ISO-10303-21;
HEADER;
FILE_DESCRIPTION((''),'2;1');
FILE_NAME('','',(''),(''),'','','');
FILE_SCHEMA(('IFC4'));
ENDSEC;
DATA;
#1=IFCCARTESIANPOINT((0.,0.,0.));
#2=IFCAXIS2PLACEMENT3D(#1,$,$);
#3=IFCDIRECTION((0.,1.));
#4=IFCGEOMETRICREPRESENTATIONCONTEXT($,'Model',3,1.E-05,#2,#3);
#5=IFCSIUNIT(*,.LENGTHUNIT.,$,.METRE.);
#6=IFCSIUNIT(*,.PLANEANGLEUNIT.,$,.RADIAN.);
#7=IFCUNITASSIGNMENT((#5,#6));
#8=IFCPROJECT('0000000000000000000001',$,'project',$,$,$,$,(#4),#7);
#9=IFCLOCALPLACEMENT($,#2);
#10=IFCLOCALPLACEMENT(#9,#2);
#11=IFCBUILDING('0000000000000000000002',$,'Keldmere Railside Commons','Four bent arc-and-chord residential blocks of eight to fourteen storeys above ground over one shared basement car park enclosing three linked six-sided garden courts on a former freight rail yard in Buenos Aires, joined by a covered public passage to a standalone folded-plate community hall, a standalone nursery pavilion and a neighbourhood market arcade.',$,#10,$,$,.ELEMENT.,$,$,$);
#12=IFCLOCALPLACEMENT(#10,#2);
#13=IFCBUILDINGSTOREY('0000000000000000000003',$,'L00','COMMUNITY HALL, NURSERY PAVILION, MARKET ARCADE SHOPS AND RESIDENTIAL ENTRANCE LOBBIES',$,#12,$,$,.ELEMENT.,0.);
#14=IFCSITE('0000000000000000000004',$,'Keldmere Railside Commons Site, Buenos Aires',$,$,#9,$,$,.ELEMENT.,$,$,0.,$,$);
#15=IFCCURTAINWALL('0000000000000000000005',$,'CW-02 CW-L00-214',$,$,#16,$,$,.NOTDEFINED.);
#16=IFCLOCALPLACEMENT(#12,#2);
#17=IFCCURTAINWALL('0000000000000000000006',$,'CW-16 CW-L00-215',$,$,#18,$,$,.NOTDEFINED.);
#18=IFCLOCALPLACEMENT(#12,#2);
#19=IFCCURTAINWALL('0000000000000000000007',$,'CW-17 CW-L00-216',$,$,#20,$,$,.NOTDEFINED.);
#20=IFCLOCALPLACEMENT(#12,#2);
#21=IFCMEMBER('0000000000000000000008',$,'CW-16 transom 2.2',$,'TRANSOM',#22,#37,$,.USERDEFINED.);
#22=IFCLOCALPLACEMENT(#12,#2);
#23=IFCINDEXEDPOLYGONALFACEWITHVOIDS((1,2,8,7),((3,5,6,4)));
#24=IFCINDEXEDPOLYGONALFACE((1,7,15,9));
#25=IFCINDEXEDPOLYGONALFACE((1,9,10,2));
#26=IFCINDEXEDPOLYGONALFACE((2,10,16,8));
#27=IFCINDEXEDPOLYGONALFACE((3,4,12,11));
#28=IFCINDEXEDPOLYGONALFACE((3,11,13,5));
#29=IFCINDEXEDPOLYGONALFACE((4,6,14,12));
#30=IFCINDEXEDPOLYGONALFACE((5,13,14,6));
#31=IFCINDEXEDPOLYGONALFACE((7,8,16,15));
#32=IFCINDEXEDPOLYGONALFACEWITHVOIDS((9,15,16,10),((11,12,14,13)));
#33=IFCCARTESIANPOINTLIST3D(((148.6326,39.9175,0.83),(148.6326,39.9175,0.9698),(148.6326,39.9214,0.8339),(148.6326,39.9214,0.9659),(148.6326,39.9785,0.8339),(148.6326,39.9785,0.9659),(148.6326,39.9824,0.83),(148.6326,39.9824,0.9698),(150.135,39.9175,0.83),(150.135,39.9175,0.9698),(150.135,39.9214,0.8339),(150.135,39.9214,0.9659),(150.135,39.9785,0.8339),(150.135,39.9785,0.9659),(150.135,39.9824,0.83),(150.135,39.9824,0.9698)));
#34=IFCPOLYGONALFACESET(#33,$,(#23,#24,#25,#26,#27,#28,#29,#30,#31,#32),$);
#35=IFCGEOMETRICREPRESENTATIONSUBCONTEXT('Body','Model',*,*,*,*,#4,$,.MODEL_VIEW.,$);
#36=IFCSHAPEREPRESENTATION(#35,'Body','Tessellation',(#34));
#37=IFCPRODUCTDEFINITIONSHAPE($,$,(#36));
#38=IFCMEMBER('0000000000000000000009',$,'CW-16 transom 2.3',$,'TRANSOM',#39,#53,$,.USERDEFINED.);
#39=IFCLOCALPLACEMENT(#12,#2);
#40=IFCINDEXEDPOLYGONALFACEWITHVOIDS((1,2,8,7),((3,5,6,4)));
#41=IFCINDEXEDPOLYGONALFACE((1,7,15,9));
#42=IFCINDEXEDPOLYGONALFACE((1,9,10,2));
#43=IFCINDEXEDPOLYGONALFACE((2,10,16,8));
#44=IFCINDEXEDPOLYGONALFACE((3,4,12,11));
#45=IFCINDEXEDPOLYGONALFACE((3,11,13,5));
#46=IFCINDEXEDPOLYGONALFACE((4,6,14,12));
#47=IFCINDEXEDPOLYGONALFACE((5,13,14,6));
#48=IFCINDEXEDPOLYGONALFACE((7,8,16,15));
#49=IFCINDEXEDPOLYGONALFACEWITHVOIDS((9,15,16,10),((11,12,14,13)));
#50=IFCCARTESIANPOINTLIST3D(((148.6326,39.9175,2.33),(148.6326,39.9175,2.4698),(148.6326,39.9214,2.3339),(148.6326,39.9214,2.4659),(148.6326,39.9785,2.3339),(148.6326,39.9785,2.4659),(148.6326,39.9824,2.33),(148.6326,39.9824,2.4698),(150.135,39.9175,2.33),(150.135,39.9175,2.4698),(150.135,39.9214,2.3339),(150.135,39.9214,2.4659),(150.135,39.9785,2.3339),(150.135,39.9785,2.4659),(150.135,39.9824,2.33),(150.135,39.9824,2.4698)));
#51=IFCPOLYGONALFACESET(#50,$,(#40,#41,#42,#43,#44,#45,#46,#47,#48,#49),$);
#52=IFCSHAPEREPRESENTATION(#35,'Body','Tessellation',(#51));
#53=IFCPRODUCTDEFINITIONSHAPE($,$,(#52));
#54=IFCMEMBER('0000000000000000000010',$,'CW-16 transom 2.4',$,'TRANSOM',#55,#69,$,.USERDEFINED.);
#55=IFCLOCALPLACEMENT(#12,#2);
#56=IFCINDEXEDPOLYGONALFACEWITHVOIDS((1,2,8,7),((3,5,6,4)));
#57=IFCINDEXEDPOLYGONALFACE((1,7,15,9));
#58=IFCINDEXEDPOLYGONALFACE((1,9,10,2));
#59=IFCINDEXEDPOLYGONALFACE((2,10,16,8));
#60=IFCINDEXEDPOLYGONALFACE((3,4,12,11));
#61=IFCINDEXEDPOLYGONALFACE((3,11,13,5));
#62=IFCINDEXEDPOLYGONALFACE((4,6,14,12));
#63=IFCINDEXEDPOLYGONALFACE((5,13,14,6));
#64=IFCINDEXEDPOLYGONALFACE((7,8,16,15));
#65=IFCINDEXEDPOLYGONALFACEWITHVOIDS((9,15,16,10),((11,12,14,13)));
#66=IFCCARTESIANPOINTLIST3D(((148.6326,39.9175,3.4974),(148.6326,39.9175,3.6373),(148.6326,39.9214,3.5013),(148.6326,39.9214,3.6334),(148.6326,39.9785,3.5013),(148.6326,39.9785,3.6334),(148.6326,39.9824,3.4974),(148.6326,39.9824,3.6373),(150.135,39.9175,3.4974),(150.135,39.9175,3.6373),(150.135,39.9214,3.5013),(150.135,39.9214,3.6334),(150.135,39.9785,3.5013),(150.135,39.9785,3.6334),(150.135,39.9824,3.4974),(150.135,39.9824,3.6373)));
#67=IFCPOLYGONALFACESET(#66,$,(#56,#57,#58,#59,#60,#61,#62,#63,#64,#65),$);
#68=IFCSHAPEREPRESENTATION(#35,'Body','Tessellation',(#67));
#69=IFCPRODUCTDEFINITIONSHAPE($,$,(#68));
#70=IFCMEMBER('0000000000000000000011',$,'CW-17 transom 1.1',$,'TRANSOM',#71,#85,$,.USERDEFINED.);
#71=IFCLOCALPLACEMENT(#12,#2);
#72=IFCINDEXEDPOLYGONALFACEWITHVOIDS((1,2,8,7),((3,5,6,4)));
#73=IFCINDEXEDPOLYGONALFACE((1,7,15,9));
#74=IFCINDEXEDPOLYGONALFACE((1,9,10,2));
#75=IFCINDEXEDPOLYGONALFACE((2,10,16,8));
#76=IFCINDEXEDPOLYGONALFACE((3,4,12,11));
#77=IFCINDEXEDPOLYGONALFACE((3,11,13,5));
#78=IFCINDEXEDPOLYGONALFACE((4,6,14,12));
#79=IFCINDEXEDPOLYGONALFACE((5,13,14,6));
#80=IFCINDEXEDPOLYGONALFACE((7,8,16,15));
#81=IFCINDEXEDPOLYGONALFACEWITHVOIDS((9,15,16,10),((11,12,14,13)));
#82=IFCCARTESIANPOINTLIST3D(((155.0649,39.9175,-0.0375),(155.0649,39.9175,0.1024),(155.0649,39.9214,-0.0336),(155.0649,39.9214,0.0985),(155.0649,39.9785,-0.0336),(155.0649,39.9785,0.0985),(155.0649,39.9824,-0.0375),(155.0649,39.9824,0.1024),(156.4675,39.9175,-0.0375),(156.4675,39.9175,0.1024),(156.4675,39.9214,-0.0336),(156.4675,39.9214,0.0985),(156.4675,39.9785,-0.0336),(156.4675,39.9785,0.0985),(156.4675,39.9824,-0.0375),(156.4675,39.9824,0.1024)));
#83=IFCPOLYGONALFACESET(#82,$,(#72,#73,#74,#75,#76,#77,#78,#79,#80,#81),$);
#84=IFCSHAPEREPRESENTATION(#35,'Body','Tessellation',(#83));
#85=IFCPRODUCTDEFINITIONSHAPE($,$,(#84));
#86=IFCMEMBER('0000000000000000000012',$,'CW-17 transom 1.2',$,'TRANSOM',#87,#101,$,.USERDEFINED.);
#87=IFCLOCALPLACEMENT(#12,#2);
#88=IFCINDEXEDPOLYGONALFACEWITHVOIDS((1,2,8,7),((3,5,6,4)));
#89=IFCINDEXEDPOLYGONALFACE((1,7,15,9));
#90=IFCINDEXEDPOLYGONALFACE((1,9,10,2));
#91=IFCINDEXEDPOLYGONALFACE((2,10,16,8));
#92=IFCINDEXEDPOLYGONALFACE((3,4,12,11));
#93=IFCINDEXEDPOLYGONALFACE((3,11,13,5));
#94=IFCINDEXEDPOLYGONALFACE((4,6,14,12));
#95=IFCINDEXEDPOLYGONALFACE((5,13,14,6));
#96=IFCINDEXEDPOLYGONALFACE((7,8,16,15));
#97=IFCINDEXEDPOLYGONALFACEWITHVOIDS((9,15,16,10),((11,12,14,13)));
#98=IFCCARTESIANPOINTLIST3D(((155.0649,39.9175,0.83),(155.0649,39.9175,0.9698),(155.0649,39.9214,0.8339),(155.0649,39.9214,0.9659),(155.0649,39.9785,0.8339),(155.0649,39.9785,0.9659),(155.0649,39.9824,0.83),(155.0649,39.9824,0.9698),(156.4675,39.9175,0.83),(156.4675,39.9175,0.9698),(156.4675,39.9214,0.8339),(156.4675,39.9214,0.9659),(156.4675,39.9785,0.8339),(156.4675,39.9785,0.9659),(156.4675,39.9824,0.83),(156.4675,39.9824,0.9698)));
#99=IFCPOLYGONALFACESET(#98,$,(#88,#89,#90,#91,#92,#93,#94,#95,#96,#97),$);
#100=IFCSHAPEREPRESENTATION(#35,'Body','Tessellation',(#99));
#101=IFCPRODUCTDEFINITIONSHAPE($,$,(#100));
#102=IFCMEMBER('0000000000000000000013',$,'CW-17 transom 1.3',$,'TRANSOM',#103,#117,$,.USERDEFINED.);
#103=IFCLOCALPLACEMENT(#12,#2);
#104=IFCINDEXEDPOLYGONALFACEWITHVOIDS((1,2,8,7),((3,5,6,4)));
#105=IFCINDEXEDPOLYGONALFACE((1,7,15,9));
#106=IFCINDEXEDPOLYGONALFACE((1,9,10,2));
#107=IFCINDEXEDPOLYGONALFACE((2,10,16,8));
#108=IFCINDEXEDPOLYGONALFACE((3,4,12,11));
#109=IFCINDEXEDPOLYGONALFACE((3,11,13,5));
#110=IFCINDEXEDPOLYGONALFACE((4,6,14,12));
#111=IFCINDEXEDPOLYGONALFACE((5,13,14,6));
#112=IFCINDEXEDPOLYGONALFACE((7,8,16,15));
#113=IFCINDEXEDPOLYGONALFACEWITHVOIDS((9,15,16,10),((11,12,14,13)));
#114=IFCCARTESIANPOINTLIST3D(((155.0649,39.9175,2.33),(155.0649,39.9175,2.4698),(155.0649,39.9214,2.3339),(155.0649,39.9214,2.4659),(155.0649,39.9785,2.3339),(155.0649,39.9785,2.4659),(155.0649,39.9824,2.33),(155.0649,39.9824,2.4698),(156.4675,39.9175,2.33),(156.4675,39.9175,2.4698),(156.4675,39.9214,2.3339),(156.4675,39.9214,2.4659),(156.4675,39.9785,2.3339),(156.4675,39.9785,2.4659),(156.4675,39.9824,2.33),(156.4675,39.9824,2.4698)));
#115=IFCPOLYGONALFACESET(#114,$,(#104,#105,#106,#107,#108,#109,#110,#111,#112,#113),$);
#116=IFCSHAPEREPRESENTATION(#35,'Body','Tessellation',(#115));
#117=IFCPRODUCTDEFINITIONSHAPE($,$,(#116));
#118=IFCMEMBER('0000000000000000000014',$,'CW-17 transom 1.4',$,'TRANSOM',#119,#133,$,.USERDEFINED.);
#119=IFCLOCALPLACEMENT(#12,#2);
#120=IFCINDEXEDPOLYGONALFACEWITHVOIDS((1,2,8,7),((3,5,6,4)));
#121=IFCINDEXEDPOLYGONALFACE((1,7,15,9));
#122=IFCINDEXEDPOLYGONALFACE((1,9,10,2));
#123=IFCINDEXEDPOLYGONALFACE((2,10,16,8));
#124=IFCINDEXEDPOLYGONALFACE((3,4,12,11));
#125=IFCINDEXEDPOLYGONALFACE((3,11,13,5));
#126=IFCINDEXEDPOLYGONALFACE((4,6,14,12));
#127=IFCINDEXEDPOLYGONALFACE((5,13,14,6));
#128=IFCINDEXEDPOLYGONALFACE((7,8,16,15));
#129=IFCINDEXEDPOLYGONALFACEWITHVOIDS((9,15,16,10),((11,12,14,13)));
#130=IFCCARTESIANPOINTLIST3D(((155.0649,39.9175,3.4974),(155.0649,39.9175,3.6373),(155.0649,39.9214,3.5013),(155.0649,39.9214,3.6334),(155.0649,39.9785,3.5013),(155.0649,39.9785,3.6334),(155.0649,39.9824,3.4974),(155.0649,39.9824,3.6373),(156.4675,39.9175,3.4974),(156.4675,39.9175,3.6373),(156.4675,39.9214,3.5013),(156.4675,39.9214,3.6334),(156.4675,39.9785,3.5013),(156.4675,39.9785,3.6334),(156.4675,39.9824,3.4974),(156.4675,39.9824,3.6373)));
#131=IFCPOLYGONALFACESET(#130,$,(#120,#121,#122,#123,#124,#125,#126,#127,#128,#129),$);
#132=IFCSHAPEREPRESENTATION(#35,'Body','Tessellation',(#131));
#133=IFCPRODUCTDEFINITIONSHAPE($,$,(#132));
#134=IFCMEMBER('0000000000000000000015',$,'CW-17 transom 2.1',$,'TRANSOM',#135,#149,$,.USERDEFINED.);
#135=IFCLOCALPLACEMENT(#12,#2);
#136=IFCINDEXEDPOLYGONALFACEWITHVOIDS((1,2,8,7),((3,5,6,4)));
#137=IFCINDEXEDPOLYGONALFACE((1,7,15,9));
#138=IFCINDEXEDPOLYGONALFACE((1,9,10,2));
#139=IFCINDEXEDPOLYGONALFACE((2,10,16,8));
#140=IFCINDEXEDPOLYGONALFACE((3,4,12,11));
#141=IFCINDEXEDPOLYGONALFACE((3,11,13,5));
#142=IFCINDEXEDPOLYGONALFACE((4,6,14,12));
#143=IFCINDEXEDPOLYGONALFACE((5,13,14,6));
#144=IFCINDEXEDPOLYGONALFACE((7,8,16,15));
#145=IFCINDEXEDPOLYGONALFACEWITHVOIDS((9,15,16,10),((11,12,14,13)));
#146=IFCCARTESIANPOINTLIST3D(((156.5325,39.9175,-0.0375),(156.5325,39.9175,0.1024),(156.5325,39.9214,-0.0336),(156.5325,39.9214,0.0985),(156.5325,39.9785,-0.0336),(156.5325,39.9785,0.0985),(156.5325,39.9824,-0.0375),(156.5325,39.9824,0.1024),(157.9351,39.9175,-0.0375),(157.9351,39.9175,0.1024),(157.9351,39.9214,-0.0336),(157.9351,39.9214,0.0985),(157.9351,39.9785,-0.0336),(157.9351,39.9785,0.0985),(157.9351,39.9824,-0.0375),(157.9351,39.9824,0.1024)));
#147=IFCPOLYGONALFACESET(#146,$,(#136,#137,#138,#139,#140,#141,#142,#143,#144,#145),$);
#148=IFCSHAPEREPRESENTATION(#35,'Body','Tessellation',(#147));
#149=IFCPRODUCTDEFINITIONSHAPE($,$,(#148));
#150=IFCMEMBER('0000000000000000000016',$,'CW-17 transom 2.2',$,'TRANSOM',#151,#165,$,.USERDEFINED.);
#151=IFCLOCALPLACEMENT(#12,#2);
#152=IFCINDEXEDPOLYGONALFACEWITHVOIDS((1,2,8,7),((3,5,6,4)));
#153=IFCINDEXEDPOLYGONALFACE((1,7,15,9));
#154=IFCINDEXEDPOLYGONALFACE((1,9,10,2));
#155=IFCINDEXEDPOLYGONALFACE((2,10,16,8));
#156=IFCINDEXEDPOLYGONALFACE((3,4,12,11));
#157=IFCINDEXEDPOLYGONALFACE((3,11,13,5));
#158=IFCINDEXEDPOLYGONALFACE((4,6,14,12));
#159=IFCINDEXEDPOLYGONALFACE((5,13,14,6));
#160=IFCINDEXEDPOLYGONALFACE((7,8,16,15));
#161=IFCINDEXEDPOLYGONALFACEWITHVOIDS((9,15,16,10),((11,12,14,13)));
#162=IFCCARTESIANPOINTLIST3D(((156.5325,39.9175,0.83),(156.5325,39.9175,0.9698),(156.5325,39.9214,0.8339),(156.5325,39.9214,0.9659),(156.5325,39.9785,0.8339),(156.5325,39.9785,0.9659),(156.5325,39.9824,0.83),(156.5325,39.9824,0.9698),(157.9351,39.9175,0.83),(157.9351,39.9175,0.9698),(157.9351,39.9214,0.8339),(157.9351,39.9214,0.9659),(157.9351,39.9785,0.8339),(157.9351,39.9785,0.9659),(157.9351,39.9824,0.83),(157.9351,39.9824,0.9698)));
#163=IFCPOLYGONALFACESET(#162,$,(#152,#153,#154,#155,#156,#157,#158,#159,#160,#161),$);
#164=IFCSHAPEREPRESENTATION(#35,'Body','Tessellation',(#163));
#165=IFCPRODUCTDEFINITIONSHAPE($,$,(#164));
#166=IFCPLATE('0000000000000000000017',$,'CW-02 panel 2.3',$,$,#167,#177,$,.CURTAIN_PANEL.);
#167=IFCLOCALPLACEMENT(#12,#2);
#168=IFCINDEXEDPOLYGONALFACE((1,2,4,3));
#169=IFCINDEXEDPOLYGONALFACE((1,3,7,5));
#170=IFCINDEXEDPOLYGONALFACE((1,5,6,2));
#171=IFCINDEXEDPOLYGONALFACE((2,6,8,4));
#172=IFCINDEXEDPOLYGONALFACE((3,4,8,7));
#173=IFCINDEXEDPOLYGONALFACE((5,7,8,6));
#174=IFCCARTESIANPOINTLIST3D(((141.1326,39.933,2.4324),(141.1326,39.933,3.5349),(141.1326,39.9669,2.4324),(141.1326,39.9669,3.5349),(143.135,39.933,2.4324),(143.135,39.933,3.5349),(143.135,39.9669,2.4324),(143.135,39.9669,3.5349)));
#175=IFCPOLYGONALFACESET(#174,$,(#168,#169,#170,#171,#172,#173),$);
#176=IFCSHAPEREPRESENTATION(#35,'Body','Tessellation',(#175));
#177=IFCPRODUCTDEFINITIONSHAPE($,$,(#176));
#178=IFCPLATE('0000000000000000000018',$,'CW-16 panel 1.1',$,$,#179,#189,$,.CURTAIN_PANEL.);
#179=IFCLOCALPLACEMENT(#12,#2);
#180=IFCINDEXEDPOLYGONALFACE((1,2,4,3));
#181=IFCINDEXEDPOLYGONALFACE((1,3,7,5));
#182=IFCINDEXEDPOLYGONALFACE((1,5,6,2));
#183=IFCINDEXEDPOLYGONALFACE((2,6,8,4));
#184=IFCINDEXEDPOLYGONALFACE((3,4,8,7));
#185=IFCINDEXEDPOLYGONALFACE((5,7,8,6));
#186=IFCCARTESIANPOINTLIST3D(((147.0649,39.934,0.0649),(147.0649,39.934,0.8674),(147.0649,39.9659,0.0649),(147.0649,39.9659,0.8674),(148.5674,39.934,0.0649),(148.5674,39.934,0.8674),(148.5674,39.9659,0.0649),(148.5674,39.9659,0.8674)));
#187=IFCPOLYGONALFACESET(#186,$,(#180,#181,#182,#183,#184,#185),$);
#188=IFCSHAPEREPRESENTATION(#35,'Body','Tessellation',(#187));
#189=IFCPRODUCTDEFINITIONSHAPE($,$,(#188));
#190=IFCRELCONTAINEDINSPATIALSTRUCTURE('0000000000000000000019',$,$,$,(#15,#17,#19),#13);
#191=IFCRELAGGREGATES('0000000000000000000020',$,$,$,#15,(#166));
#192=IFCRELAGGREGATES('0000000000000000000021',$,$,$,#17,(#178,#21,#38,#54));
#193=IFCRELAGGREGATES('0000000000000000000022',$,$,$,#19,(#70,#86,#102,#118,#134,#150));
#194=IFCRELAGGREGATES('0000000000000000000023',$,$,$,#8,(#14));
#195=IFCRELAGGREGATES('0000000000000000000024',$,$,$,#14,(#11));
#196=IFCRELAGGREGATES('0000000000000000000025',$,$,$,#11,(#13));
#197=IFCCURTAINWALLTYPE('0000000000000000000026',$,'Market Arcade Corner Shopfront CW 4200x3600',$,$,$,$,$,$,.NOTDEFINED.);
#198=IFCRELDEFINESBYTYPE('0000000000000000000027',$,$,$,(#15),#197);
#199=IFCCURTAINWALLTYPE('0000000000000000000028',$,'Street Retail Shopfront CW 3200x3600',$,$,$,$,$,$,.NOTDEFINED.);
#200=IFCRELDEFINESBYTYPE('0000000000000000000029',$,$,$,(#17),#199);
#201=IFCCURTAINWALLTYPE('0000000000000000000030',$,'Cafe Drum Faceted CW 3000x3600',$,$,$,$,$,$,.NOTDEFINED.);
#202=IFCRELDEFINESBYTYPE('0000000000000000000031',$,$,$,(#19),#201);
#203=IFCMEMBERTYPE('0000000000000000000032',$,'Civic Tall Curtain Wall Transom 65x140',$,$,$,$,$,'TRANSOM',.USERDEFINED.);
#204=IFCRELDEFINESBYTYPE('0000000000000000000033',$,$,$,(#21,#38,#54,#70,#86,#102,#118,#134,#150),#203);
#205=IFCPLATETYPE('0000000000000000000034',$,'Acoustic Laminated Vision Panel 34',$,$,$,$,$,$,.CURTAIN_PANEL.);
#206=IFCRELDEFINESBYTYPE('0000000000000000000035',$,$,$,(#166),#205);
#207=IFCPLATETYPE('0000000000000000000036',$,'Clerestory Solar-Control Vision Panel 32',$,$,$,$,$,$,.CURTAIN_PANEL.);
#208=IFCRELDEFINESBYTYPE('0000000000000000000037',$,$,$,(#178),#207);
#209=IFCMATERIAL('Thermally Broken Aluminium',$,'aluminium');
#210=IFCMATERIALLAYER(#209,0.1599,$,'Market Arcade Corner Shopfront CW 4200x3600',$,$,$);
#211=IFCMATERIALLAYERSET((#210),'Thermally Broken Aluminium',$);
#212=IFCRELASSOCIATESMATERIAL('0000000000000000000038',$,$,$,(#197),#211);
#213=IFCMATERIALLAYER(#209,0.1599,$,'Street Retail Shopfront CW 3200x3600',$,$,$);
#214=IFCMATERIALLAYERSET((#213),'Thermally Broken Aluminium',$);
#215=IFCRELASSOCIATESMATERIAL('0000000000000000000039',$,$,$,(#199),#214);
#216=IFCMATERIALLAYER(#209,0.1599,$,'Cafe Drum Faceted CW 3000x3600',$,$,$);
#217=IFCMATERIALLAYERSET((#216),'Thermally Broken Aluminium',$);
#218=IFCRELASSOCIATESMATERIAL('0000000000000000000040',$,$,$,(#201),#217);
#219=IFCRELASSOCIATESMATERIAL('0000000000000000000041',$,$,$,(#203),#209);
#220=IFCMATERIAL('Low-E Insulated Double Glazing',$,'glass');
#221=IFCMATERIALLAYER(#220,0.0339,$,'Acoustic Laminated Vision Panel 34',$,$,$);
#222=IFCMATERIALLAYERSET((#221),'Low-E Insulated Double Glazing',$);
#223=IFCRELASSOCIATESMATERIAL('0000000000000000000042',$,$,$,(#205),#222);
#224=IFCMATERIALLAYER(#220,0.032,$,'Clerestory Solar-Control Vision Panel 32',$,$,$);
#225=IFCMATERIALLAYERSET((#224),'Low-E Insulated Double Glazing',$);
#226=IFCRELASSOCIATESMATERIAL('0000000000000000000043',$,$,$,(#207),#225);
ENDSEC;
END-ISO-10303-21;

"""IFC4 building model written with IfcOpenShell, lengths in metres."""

from ifc_helpers import new_model, si_unit, direction, frame, origin, origin_2d, place, context, subcontext, project, spatial, rectangle, hollow_rectangle, extrude, material, layer, layer_set, material_profile, profile_set, type_object, element, aggregate, save


model = new_model("IFC4")

# Units and contexts
model_context = context("Model", 3, precision=1e-05, world=origin(), true_north=direction((0.0, 1.0)))
body_context = subcontext(model_context, "Body", "Model", "MODEL_VIEW")
ifc_project = project(units=[si_unit("LENGTHUNIT", "METRE"), si_unit("PLANEANGLEUNIT", "RADIAN")], contexts=[model_context])

# Site, building, storey
site_placement = place(None, origin())
site = spatial("IfcSite", under=ifc_project, at=site_placement, Name="Keldmere Railside Commons Site, Buenos Aires", CompositionType="ELEMENT", RefElevation=0.0)
building_placement = place(site_placement, origin())
building = spatial("IfcBuilding", under=site, at=building_placement, Name="Keldmere Railside Commons", Description="Four bent arc-and-chord residential blocks of eight to fourteen storeys above ground over one shared basement car park enclosing three linked six-sided garden courts on a former freight rail yard in Buenos Aires, joined by a covered public passage to a standalone folded-plate community hall, a standalone nursery pavilion and a neighbourhood market arcade.", CompositionType="ELEMENT")
storey_placement = place(building_placement, origin())
storey = spatial("IfcBuildingStorey", under=building, at=storey_placement, Name="L00", Description="COMMUNITY HALL, NURSERY PAVILION, MARKET ARCADE SHOPS AND RESIDENTIAL ENTRANCE LOBBIES", CompositionType="ELEMENT", Elevation=0.0)

# Curtain wall
ifc_material_1 = material(Name="Thermally Broken Aluminium", Category="aluminium")
ifc_layer_1 = layer(ifc_material_1, 0.1599, Name="Market Arcade Corner Shopfront CW 4200x3600")
ifc_layer_set_1 = layer_set([ifc_layer_1], Name="Thermally Broken Aluminium")
curtain_wall_type_1 = type_object("IfcCurtainWallType", Name="Market Arcade Corner Shopfront CW 4200x3600", PredefinedType="NOTDEFINED", material=ifc_layer_set_1)
curtain_wall_1_placement = place(storey_placement, origin())
curtain_wall_1 = element("IfcCurtainWall", 1, at=curtain_wall_1_placement, inside=storey, type_object=curtain_wall_type_1, Name="CW-02 CW-L00-214", PredefinedType="NOTDEFINED")

# Curtain walls
ifc_layer_2 = layer(ifc_material_1, 0.1599, Name="Street Retail Shopfront CW 3200x3600")
ifc_layer_set_2 = layer_set([ifc_layer_2], Name="Thermally Broken Aluminium")
curtain_wall_type_2 = type_object("IfcCurtainWallType", Name="Street Retail Shopfront CW 3200x3600", PredefinedType="NOTDEFINED", material=ifc_layer_set_2)
curtain_wall_2_placement = place(storey_placement, origin())
curtain_wall_2 = element("IfcCurtainWall", 2, at=curtain_wall_2_placement, inside=storey, type_object=curtain_wall_type_2, Name="CW-16 CW-L00-215", PredefinedType="NOTDEFINED")
ifc_layer_3 = layer(ifc_material_1, 0.1599, Name="Cafe Drum Faceted CW 3000x3600")
ifc_layer_set_3 = layer_set([ifc_layer_3], Name="Thermally Broken Aluminium")
curtain_wall_type_3 = type_object("IfcCurtainWallType", Name="Cafe Drum Faceted CW 3000x3600", PredefinedType="NOTDEFINED", material=ifc_layer_set_3)
curtain_wall_3_placement = place(storey_placement, origin())
curtain_wall_3 = element("IfcCurtainWall", 3, at=curtain_wall_3_placement, inside=storey, type_object=curtain_wall_type_3, Name="CW-17 CW-L00-216", PredefinedType="NOTDEFINED")

# Members
ifc_material_profile_1 = material_profile(ifc_material_1, hollow_rectangle(XDim=0.0649, YDim=0.1399, WallThickness=0.0039, at=origin_2d()), Name="ALU-TRAN-65x140")
ifc_profile_set_1 = profile_set([ifc_material_profile_1], Name="Thermally Broken Aluminium")
member_type_1 = type_object("IfcMemberType", Name="Civic Tall Curtain Wall Transom 65x140", ElementType="TRANSOM", PredefinedType="USERDEFINED", material=ifc_profile_set_1)
member_1_placement = place(storey_placement, frame((148.6326, 39.95, 0.8999), z_axis=(1.0, 0.0, 0.0), x_axis=(0.0, 1.0, 0.0)))
member_1 = element("IfcMember", 4, at=member_1_placement, type_object=member_type_1, Name="CW-16 transom 2.2", ObjectType="TRANSOM", PredefinedType="USERDEFINED", context=body_context, shape_type="SweptSolid", body=[
    extrude(hollow_rectangle(XDim=0.0649, YDim=0.1399, WallThickness=0.0039, at=origin_2d()), origin(), (0.0, 0.0, 1.0), 1.5024),
])
member_2_placement = place(storey_placement, frame((148.6326, 39.95, 2.3999), z_axis=(1.0, 0.0, 0.0), x_axis=(0.0, 1.0, 0.0)))
member_2 = element("IfcMember", 5, at=member_2_placement, type_object=member_type_1, Name="CW-16 transom 2.3", ObjectType="TRANSOM", PredefinedType="USERDEFINED", context=body_context, shape_type="SweptSolid", body=[
    extrude(hollow_rectangle(XDim=0.0649, YDim=0.1399, WallThickness=0.0039, at=origin_2d()), origin(), (0.0, 0.0, 1.0), 1.5024),
])
member_3_placement = place(storey_placement, frame((148.6326, 39.95, 3.5674), z_axis=(1.0, 0.0, 0.0), x_axis=(0.0, 1.0, 0.0)))
member_3 = element("IfcMember", 6, at=member_3_placement, type_object=member_type_1, Name="CW-16 transom 2.4", ObjectType="TRANSOM", PredefinedType="USERDEFINED", context=body_context, shape_type="SweptSolid", body=[
    extrude(hollow_rectangle(XDim=0.0649, YDim=0.1399, WallThickness=0.0039, at=origin_2d()), origin(), (0.0, 0.0, 1.0), 1.5024),
])
member_4_placement = place(storey_placement, frame((155.0649, 39.95, 0.0325), z_axis=(1.0, 0.0, 0.0), x_axis=(0.0, 1.0, 0.0)))
member_4 = element("IfcMember", 7, at=member_4_placement, type_object=member_type_1, Name="CW-17 transom 1.1", ObjectType="TRANSOM", PredefinedType="USERDEFINED", context=body_context, shape_type="SweptSolid", body=[
    extrude(hollow_rectangle(XDim=0.0649, YDim=0.1399, WallThickness=0.0039, at=origin_2d()), origin(), (0.0, 0.0, 1.0), 1.4026),
])
member_5_placement = place(storey_placement, frame((155.0649, 39.95, 0.8999), z_axis=(1.0, 0.0, 0.0), x_axis=(0.0, 1.0, 0.0)))
member_5 = element("IfcMember", 8, at=member_5_placement, type_object=member_type_1, Name="CW-17 transom 1.2", ObjectType="TRANSOM", PredefinedType="USERDEFINED", context=body_context, shape_type="SweptSolid", body=[
    extrude(hollow_rectangle(XDim=0.0649, YDim=0.1399, WallThickness=0.0039, at=origin_2d()), origin(), (0.0, 0.0, 1.0), 1.4026),
])
member_6_placement = place(storey_placement, frame((155.0649, 39.95, 2.3999), z_axis=(1.0, 0.0, 0.0), x_axis=(0.0, 1.0, 0.0)))
member_6 = element("IfcMember", 9, at=member_6_placement, type_object=member_type_1, Name="CW-17 transom 1.3", ObjectType="TRANSOM", PredefinedType="USERDEFINED", context=body_context, shape_type="SweptSolid", body=[
    extrude(hollow_rectangle(XDim=0.0649, YDim=0.1399, WallThickness=0.0039, at=origin_2d()), origin(), (0.0, 0.0, 1.0), 1.4026),
])
member_7_placement = place(storey_placement, frame((155.0649, 39.95, 3.5674), z_axis=(1.0, 0.0, 0.0), x_axis=(0.0, 1.0, 0.0)))
member_7 = element("IfcMember", 10, at=member_7_placement, type_object=member_type_1, Name="CW-17 transom 1.4", ObjectType="TRANSOM", PredefinedType="USERDEFINED", context=body_context, shape_type="SweptSolid", body=[
    extrude(hollow_rectangle(XDim=0.0649, YDim=0.1399, WallThickness=0.0039, at=origin_2d()), origin(), (0.0, 0.0, 1.0), 1.4026),
])
member_8_placement = place(storey_placement, frame((156.5325, 39.95, 0.0325), z_axis=(1.0, 0.0, 0.0), x_axis=(0.0, 1.0, 0.0)))
member_8 = element("IfcMember", 11, at=member_8_placement, type_object=member_type_1, Name="CW-17 transom 2.1", ObjectType="TRANSOM", PredefinedType="USERDEFINED", context=body_context, shape_type="SweptSolid", body=[
    extrude(hollow_rectangle(XDim=0.0649, YDim=0.1399, WallThickness=0.0039, at=origin_2d()), origin(), (0.0, 0.0, 1.0), 1.4026),
])
member_9_placement = place(storey_placement, frame((156.5325, 39.95, 0.8999), z_axis=(1.0, 0.0, 0.0), x_axis=(0.0, 1.0, 0.0)))
member_9 = element("IfcMember", 12, at=member_9_placement, type_object=member_type_1, Name="CW-17 transom 2.2", ObjectType="TRANSOM", PredefinedType="USERDEFINED", context=body_context, shape_type="SweptSolid", body=[
    extrude(hollow_rectangle(XDim=0.0649, YDim=0.1399, WallThickness=0.0039, at=origin_2d()), origin(), (0.0, 0.0, 1.0), 1.4026),
])

# Plates
ifc_material_2 = material(Name="Low-E Insulated Double Glazing", Category="glass")
ifc_layer_4 = layer(ifc_material_2, 0.0339, Name="Acoustic Laminated Vision Panel 34")
ifc_layer_set_4 = layer_set([ifc_layer_4], Name="Low-E Insulated Double Glazing")
plate_type_1 = type_object("IfcPlateType", Name="Acoustic Laminated Vision Panel 34", PredefinedType="CURTAIN_PANEL", material=ifc_layer_set_4)
plate_1_placement = place(storey_placement, frame((142.1338, 39.95, 2.4324), z_axis=(0.0, 0.0, 1.0), x_axis=(1.0, 0.0, 0.0)))
plate_1 = element("IfcPlate", 13, at=plate_1_placement, type_object=plate_type_1, Name="CW-02 panel 2.3", PredefinedType="CURTAIN_PANEL", context=body_context, shape_type="SweptSolid", body=[
    extrude(rectangle(XDim=2.0024, YDim=0.0339, at=origin_2d()), origin(), (0.0, 0.0, 1.0), 1.1025),
])
aggregate(curtain_wall_1, [plate_1])
ifc_layer_5 = layer(ifc_material_2, 0.032, Name="Clerestory Solar-Control Vision Panel 32")
ifc_layer_set_5 = layer_set([ifc_layer_5], Name="Low-E Insulated Double Glazing")
plate_type_2 = type_object("IfcPlateType", Name="Clerestory Solar-Control Vision Panel 32", PredefinedType="CURTAIN_PANEL", material=ifc_layer_set_5)
plate_2_placement = place(storey_placement, frame((147.8162, 39.95, 0.0649), z_axis=(0.0, 0.0, 1.0), x_axis=(1.0, 0.0, 0.0)))
plate_2 = element("IfcPlate", 14, at=plate_2_placement, type_object=plate_type_2, Name="CW-16 panel 1.1", PredefinedType="CURTAIN_PANEL", context=body_context, shape_type="SweptSolid", body=[
    extrude(rectangle(XDim=1.5024, YDim=0.032, at=origin_2d()), origin(), (0.0, 0.0, 1.0), 0.8025),
])
aggregate(curtain_wall_2, [plate_2, member_1, member_2, member_3])
aggregate(curtain_wall_3, [member_4, member_5, member_6, member_7, member_8, member_9])

save(model, "model.ifc")
